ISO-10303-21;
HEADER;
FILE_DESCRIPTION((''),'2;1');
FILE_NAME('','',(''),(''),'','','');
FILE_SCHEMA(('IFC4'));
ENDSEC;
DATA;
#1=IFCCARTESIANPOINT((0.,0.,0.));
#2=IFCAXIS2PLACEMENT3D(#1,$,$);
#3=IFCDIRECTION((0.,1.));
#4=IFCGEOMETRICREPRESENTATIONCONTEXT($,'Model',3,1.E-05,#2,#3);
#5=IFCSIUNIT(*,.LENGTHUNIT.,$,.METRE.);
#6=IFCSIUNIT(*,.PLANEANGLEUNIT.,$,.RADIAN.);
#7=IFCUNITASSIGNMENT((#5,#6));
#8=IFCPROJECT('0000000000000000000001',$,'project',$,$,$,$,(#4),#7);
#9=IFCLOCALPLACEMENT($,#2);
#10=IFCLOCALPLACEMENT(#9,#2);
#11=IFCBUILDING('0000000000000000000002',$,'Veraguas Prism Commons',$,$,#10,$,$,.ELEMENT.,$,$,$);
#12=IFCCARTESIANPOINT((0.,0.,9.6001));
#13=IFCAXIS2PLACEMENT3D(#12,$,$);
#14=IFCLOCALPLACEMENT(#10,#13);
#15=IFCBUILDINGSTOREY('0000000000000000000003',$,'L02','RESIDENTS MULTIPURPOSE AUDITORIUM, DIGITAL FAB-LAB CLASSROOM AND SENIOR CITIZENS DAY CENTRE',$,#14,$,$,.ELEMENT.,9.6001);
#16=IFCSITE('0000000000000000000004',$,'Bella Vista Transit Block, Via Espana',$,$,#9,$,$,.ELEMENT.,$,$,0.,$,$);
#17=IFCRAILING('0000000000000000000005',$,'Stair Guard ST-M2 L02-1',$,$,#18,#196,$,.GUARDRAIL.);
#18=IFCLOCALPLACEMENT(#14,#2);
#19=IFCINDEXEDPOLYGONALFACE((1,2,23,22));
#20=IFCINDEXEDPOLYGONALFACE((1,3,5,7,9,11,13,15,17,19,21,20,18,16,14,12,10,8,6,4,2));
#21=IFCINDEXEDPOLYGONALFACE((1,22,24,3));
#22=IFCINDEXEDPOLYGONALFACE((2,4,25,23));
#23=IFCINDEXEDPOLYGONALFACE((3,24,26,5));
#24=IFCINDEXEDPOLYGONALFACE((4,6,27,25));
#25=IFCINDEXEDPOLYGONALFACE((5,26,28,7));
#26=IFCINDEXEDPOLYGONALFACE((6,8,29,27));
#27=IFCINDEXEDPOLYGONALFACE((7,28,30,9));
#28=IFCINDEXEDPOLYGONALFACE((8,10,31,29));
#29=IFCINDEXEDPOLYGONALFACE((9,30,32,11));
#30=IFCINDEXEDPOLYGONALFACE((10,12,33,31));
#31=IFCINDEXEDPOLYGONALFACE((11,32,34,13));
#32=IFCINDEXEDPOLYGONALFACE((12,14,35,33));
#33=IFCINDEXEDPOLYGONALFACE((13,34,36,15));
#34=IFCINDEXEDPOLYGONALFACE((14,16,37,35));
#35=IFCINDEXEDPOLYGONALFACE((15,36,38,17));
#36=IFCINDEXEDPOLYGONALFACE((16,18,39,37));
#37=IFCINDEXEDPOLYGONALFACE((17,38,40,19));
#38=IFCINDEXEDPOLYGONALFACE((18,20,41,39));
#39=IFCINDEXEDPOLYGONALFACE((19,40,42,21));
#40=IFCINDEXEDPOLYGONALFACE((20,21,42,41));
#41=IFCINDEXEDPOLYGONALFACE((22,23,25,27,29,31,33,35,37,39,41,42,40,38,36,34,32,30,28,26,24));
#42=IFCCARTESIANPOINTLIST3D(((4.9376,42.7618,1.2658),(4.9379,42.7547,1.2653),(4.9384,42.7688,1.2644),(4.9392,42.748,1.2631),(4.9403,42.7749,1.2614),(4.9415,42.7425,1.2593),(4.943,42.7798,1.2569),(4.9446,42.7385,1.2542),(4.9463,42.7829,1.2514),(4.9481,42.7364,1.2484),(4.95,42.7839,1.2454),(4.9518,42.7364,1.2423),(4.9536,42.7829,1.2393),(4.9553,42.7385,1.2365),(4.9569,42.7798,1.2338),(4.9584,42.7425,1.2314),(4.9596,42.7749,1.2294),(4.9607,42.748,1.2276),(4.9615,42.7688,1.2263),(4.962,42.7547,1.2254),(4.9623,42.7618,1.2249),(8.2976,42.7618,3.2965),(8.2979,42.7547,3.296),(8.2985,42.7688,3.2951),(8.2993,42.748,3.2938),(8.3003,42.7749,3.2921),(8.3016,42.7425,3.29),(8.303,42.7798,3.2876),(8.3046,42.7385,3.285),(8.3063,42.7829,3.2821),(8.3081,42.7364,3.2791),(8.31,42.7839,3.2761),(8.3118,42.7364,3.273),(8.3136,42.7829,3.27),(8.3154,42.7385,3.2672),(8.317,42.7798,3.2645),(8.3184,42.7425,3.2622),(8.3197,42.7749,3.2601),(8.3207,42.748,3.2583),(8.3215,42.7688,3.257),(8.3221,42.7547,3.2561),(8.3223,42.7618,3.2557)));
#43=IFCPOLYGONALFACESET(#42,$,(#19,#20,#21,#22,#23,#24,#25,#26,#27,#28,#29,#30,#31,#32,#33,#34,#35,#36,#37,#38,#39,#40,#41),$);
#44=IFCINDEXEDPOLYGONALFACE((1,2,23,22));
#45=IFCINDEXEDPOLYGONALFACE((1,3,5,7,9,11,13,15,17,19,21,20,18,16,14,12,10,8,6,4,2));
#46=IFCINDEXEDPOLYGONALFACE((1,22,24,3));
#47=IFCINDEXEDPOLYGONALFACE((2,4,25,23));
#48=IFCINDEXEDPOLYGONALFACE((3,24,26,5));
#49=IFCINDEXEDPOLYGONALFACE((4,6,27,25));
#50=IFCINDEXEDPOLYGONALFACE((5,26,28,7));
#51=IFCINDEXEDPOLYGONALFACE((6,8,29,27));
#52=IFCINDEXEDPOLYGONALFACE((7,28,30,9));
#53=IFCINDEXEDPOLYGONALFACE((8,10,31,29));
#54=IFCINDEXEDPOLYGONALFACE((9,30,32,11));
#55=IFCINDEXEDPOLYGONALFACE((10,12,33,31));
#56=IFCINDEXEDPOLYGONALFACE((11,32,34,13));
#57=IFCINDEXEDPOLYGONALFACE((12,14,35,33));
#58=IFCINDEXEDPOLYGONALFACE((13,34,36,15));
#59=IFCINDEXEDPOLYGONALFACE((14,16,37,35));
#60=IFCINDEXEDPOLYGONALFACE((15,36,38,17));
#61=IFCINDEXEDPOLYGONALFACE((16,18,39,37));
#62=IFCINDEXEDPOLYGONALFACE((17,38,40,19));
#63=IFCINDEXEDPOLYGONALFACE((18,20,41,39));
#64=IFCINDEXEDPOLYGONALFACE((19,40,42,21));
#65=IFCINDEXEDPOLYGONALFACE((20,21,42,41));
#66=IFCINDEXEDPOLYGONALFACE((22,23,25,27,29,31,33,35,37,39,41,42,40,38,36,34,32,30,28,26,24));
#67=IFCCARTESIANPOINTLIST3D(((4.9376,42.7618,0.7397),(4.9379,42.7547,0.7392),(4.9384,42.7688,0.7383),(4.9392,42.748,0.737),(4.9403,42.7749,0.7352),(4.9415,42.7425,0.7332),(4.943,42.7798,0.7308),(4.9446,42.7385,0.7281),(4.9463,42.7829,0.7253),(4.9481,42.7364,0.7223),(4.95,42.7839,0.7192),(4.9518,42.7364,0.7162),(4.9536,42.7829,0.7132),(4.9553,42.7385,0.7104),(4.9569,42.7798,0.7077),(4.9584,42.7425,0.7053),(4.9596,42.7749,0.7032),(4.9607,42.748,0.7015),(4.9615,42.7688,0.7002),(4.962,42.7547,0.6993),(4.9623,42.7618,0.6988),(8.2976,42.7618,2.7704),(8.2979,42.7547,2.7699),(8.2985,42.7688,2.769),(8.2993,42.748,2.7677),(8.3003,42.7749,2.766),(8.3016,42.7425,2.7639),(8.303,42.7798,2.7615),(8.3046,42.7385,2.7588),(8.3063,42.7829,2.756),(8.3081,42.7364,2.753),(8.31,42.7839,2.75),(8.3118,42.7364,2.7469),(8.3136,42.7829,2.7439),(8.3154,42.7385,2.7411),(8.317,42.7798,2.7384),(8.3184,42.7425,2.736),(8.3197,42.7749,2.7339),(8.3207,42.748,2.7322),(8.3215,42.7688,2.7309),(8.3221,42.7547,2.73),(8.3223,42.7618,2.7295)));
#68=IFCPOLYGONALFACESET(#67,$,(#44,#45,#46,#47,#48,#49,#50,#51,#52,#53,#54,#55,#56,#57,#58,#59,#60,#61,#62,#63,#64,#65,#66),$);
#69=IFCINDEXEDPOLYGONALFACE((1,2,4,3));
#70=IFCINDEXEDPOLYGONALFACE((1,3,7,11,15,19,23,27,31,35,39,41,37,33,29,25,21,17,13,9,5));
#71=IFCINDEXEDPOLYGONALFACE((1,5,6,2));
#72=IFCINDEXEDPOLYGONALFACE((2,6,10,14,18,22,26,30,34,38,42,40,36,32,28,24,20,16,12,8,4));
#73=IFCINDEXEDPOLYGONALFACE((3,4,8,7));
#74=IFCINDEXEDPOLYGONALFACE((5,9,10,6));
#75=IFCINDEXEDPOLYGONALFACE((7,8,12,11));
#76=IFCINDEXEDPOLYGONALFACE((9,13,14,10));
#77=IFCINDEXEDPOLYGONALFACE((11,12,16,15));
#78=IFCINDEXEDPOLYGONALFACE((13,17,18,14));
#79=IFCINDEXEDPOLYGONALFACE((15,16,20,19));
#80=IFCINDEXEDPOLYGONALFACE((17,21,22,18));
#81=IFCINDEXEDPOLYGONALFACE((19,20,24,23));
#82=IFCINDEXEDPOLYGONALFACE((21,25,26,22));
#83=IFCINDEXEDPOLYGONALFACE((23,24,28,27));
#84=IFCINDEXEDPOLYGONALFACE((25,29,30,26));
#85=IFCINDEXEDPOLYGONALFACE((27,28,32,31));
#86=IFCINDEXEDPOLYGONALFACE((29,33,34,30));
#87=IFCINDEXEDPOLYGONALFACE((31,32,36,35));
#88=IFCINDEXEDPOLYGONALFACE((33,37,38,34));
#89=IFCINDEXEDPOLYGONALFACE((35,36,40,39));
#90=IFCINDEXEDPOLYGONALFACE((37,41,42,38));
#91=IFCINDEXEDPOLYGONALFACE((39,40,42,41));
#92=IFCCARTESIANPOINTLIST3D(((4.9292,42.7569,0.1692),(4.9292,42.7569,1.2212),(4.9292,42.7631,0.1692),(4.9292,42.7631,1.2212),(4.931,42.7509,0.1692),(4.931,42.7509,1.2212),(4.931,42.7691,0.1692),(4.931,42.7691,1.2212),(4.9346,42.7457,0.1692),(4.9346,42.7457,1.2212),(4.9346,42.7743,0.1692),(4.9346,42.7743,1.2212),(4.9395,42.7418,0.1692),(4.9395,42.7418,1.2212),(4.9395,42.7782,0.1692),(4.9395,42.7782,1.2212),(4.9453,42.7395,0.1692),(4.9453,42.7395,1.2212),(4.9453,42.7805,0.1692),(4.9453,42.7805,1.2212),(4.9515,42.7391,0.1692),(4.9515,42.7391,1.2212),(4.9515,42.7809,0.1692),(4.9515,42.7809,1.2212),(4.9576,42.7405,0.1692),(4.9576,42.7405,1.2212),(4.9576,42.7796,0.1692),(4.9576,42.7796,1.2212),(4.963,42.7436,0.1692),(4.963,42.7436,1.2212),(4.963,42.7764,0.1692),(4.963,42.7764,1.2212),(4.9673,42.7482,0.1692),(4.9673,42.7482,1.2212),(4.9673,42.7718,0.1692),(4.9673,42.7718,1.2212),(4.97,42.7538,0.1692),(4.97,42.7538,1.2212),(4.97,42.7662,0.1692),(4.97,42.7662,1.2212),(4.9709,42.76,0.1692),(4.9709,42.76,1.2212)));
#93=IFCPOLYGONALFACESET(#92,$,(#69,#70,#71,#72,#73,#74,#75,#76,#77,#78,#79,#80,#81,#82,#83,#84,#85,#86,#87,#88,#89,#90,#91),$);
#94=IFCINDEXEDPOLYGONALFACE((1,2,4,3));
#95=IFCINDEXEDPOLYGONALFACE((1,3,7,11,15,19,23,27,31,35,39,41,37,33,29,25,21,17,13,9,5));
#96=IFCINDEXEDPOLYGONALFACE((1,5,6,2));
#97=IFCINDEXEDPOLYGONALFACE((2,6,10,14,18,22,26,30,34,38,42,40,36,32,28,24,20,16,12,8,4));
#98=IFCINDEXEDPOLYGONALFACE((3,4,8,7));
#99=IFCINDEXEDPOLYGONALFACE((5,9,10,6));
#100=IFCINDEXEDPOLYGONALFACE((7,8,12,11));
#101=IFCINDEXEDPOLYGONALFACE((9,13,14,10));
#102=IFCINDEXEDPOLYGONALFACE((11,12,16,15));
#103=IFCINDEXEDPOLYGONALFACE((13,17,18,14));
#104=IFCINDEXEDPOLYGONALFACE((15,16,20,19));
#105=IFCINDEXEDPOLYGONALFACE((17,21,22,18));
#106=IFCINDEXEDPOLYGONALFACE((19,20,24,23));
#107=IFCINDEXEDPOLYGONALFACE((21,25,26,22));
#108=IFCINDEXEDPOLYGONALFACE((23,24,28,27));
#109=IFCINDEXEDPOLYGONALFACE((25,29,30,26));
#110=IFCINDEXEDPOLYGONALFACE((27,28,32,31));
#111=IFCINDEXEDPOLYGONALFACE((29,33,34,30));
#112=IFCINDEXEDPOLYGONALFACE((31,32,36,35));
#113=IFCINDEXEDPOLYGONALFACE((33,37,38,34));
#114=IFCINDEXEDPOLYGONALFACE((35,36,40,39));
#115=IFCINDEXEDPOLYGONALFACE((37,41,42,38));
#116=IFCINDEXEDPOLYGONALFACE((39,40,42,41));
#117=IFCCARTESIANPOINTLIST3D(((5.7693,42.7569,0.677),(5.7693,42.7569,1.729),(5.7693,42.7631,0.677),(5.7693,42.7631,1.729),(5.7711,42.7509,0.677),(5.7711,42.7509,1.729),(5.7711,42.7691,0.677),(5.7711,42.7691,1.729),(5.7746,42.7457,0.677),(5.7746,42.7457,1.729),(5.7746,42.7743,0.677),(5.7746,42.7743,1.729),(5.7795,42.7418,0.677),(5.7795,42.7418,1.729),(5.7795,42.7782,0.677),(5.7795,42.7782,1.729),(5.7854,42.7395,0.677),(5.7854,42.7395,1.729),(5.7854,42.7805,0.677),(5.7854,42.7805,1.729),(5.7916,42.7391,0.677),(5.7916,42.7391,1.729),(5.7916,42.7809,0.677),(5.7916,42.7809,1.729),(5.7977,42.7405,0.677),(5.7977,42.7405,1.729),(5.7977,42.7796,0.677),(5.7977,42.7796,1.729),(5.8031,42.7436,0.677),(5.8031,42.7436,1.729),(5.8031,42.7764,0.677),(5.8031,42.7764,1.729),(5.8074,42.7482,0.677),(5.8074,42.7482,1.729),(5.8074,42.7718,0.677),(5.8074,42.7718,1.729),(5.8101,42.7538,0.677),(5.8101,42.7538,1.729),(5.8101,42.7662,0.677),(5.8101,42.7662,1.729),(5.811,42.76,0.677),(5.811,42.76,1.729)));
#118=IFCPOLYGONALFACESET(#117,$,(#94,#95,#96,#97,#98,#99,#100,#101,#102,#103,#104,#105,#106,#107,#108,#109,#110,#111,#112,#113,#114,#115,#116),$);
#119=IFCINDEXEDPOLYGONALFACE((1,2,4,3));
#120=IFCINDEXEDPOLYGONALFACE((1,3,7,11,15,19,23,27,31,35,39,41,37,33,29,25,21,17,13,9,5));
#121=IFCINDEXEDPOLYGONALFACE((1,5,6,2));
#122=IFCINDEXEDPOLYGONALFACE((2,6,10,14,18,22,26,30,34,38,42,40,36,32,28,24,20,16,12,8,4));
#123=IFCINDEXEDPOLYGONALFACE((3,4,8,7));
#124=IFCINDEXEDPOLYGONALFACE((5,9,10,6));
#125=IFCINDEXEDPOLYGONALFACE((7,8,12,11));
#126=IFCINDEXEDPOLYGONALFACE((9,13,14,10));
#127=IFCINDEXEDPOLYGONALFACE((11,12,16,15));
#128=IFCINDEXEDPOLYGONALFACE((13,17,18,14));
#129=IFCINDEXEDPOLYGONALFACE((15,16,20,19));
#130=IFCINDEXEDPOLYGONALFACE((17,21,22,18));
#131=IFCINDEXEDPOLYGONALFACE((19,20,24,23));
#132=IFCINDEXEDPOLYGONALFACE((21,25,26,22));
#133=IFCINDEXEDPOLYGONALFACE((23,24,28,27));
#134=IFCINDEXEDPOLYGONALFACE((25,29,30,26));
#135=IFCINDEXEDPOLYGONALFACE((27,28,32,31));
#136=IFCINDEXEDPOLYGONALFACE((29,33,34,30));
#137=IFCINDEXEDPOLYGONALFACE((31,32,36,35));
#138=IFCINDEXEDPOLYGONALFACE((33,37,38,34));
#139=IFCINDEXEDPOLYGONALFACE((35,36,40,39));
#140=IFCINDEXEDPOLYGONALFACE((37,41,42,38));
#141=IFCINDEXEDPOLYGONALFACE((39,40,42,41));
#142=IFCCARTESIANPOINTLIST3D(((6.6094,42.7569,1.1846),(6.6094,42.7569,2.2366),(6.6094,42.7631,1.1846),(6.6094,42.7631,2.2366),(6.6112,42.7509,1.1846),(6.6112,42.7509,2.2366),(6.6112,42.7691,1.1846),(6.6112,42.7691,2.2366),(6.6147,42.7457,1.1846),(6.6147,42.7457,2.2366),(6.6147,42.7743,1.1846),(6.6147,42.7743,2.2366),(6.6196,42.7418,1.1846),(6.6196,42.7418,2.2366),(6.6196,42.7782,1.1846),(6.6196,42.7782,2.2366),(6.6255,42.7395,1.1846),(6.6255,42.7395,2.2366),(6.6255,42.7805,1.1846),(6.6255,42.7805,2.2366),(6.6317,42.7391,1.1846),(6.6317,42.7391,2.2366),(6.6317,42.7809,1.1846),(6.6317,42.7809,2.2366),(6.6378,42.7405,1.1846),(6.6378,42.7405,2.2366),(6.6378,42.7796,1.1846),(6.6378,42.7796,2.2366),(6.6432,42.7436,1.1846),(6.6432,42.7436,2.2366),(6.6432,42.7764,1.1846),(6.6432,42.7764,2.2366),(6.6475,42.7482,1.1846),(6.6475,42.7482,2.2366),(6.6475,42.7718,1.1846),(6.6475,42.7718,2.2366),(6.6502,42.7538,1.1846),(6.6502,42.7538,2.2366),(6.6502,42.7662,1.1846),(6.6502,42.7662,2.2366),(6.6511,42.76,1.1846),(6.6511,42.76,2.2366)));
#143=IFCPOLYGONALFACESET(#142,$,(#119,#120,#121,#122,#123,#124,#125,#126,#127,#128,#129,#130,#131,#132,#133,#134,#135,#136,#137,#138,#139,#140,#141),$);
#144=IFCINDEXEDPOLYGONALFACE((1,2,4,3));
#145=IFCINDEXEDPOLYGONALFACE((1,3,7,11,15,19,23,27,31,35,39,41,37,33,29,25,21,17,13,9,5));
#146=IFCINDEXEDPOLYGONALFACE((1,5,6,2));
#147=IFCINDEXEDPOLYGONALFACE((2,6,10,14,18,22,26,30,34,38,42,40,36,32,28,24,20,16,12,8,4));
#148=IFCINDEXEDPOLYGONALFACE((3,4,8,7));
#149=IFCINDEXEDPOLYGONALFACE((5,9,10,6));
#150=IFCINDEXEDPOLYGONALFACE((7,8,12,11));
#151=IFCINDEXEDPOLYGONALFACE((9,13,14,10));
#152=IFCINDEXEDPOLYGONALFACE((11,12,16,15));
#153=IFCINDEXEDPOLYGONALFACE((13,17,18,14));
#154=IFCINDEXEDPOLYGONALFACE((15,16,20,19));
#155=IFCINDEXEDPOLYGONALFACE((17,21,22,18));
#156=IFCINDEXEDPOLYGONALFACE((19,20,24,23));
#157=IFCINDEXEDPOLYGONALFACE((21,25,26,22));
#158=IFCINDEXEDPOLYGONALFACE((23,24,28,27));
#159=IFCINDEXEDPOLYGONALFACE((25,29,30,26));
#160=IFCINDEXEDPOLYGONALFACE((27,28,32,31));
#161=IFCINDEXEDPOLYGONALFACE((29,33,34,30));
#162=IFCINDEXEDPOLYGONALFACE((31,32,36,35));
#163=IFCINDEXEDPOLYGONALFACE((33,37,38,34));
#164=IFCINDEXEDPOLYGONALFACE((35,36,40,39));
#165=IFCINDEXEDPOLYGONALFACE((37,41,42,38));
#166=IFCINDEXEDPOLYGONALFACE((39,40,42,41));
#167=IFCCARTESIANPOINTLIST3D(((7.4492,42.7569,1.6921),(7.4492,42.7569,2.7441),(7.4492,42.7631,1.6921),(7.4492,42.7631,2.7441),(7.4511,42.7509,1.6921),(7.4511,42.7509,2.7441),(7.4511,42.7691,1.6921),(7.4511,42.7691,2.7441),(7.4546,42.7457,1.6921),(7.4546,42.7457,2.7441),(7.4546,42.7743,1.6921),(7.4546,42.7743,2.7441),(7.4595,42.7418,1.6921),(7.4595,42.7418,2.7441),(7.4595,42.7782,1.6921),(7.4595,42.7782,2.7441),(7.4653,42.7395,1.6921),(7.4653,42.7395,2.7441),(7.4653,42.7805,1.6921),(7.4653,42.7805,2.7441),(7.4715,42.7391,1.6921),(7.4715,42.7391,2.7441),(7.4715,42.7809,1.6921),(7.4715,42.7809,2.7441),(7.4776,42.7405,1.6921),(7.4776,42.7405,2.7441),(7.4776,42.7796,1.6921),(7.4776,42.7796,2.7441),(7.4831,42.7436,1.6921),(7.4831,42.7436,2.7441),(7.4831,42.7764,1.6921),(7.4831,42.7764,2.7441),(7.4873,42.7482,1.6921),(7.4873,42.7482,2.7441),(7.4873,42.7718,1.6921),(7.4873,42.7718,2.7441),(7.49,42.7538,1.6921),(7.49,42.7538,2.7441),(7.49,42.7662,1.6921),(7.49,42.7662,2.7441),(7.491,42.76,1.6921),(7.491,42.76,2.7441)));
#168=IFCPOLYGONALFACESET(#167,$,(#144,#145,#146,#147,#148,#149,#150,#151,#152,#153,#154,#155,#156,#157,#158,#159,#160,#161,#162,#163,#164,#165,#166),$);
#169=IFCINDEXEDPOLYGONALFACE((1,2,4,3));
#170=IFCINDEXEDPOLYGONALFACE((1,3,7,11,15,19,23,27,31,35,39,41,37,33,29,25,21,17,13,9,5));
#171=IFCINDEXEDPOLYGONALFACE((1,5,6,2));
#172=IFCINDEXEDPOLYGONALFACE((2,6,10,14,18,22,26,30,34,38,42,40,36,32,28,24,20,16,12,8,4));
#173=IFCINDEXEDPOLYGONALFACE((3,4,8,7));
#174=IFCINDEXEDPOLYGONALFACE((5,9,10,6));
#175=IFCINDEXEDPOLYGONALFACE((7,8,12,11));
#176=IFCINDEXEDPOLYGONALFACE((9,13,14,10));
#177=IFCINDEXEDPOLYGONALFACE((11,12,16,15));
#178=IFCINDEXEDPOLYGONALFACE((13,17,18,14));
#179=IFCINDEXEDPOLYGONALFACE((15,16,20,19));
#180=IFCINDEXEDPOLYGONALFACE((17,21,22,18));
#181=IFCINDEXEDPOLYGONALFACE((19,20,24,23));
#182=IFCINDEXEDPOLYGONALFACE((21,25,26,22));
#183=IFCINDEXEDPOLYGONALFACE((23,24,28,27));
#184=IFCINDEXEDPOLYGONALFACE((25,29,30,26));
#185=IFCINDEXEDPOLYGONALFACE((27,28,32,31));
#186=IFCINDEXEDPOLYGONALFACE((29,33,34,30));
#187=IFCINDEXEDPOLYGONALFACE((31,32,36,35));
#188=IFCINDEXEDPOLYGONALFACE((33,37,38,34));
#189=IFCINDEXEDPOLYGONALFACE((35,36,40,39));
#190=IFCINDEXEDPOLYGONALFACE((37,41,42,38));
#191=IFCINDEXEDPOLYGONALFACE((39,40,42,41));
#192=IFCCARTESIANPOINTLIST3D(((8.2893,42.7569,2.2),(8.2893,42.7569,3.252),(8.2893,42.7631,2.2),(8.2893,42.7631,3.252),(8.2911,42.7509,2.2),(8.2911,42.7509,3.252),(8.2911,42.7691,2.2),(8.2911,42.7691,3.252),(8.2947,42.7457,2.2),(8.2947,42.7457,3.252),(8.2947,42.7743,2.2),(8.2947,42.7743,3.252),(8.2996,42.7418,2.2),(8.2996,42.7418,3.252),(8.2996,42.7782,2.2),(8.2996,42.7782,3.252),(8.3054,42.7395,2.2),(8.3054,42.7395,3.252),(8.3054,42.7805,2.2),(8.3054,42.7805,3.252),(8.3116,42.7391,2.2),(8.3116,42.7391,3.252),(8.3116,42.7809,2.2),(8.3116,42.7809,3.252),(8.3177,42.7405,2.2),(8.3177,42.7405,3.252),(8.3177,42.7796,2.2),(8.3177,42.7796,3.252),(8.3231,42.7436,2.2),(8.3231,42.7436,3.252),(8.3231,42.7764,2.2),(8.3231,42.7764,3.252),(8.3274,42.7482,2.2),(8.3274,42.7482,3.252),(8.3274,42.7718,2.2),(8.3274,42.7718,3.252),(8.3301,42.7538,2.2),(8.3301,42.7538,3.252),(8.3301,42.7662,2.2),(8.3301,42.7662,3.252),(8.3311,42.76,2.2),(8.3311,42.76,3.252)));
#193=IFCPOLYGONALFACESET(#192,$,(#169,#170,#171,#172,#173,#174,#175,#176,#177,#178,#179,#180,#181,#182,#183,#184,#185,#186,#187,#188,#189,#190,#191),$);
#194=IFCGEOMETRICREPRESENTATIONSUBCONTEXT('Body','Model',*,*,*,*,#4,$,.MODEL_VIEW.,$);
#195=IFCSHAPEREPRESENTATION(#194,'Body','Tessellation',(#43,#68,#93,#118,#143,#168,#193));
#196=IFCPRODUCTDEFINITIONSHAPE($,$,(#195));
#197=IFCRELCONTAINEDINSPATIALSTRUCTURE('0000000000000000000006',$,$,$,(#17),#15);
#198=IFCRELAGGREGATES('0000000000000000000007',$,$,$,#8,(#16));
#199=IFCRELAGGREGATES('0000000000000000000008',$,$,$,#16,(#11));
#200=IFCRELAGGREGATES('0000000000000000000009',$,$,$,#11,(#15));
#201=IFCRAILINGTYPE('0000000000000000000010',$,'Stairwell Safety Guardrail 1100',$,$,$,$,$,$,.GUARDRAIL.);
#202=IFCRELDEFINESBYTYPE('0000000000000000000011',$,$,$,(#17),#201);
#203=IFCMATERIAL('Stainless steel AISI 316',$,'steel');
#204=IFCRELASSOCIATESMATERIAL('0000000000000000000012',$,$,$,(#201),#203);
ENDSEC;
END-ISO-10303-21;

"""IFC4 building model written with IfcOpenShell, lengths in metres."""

from ifc_helpers import new_model, si_unit, direction, frame, origin, origin_2d, place, context, subcontext, project, spatial, circle, extrude, material, type_object, element, save


model = new_model("IFC4")

# Units and contexts
model_context = context("Model", 3, precision=1e-05, world=origin(), true_north=direction((0.0, 1.0)))
body_context = subcontext(model_context, "Body", "Model", "MODEL_VIEW")
ifc_project = project(units=[si_unit("LENGTHUNIT", "METRE"), si_unit("PLANEANGLEUNIT", "RADIAN")], contexts=[model_context])

# Site, building, storey
site_placement = place(None, origin())
site = spatial("IfcSite", under=ifc_project, at=site_placement, Name="Bella Vista Transit Block, Via Espana", CompositionType="ELEMENT", RefElevation=0.0)
building_placement = place(site_placement, origin())
building = spatial("IfcBuilding", under=site, at=building_placement, Name="Veraguas Prism Commons", CompositionType="ELEMENT")
storey_placement = place(building_placement, frame((0.0, 0.0, 9.6001)))
storey = spatial("IfcBuildingStorey", under=building, at=storey_placement, Name="L02", Description="RESIDENTS MULTIPURPOSE AUDITORIUM, DIGITAL FAB-LAB CLASSROOM AND SENIOR CITIZENS DAY CENTRE", CompositionType="ELEMENT", Elevation=9.6001)

# Railing
ifc_material_1 = material(Name="Stainless steel AISI 316", Category="steel")
railing_type_1 = type_object("IfcRailingType", Name="Stairwell Safety Guardrail 1100", PredefinedType="GUARDRAIL", material=ifc_material_1)
railing_1_placement = place(storey_placement, frame((4.95, 42.76, 0.1692)))
element("IfcRailing", 1, at=railing_1_placement, inside=storey, type_object=railing_type_1, Name="Stair Guard ST-M2 L02-1", PredefinedType="GUARDRAIL", context=body_context, shape_type="SweptSolid", body=[
    extrude(circle(Radius=0.0239, at=origin_2d()), frame((0.0, 0.0, 1.0762), z_axis=(0.855837, 0.0, 0.517246), x_axis=(0.0, 1.0, 0.0)), (0.0, 0.0, 1.0), 3.926),
    extrude(circle(Radius=0.0239, at=origin_2d()), frame((0.0, 0.0, 0.55), z_axis=(0.855837, 0.0, 0.517246), x_axis=(0.0, 1.0, 0.0)), (0.0, 0.0, 1.0), 3.926),
    extrude(circle(Radius=0.021, at=origin_2d()), origin(), (0.0, 0.0, 1.0), 1.052),
    extrude(circle(Radius=0.021, at=origin_2d()), frame((0.8401, 0.0, 0.5078)), (0.0, 0.0, 1.0), 1.052),
    extrude(circle(Radius=0.021, at=origin_2d()), frame((1.6802, 0.0, 1.0154)), (0.0, 0.0, 1.0), 1.052),
    extrude(circle(Radius=0.021, at=origin_2d()), frame((2.52, 0.0, 1.5229)), (0.0, 0.0, 1.0), 1.052),
    extrude(circle(Radius=0.021, at=origin_2d()), frame((3.3601, 0.0, 2.0308)), (0.0, 0.0, 1.0), 1.052),
])

save(model, "model.ifc")
